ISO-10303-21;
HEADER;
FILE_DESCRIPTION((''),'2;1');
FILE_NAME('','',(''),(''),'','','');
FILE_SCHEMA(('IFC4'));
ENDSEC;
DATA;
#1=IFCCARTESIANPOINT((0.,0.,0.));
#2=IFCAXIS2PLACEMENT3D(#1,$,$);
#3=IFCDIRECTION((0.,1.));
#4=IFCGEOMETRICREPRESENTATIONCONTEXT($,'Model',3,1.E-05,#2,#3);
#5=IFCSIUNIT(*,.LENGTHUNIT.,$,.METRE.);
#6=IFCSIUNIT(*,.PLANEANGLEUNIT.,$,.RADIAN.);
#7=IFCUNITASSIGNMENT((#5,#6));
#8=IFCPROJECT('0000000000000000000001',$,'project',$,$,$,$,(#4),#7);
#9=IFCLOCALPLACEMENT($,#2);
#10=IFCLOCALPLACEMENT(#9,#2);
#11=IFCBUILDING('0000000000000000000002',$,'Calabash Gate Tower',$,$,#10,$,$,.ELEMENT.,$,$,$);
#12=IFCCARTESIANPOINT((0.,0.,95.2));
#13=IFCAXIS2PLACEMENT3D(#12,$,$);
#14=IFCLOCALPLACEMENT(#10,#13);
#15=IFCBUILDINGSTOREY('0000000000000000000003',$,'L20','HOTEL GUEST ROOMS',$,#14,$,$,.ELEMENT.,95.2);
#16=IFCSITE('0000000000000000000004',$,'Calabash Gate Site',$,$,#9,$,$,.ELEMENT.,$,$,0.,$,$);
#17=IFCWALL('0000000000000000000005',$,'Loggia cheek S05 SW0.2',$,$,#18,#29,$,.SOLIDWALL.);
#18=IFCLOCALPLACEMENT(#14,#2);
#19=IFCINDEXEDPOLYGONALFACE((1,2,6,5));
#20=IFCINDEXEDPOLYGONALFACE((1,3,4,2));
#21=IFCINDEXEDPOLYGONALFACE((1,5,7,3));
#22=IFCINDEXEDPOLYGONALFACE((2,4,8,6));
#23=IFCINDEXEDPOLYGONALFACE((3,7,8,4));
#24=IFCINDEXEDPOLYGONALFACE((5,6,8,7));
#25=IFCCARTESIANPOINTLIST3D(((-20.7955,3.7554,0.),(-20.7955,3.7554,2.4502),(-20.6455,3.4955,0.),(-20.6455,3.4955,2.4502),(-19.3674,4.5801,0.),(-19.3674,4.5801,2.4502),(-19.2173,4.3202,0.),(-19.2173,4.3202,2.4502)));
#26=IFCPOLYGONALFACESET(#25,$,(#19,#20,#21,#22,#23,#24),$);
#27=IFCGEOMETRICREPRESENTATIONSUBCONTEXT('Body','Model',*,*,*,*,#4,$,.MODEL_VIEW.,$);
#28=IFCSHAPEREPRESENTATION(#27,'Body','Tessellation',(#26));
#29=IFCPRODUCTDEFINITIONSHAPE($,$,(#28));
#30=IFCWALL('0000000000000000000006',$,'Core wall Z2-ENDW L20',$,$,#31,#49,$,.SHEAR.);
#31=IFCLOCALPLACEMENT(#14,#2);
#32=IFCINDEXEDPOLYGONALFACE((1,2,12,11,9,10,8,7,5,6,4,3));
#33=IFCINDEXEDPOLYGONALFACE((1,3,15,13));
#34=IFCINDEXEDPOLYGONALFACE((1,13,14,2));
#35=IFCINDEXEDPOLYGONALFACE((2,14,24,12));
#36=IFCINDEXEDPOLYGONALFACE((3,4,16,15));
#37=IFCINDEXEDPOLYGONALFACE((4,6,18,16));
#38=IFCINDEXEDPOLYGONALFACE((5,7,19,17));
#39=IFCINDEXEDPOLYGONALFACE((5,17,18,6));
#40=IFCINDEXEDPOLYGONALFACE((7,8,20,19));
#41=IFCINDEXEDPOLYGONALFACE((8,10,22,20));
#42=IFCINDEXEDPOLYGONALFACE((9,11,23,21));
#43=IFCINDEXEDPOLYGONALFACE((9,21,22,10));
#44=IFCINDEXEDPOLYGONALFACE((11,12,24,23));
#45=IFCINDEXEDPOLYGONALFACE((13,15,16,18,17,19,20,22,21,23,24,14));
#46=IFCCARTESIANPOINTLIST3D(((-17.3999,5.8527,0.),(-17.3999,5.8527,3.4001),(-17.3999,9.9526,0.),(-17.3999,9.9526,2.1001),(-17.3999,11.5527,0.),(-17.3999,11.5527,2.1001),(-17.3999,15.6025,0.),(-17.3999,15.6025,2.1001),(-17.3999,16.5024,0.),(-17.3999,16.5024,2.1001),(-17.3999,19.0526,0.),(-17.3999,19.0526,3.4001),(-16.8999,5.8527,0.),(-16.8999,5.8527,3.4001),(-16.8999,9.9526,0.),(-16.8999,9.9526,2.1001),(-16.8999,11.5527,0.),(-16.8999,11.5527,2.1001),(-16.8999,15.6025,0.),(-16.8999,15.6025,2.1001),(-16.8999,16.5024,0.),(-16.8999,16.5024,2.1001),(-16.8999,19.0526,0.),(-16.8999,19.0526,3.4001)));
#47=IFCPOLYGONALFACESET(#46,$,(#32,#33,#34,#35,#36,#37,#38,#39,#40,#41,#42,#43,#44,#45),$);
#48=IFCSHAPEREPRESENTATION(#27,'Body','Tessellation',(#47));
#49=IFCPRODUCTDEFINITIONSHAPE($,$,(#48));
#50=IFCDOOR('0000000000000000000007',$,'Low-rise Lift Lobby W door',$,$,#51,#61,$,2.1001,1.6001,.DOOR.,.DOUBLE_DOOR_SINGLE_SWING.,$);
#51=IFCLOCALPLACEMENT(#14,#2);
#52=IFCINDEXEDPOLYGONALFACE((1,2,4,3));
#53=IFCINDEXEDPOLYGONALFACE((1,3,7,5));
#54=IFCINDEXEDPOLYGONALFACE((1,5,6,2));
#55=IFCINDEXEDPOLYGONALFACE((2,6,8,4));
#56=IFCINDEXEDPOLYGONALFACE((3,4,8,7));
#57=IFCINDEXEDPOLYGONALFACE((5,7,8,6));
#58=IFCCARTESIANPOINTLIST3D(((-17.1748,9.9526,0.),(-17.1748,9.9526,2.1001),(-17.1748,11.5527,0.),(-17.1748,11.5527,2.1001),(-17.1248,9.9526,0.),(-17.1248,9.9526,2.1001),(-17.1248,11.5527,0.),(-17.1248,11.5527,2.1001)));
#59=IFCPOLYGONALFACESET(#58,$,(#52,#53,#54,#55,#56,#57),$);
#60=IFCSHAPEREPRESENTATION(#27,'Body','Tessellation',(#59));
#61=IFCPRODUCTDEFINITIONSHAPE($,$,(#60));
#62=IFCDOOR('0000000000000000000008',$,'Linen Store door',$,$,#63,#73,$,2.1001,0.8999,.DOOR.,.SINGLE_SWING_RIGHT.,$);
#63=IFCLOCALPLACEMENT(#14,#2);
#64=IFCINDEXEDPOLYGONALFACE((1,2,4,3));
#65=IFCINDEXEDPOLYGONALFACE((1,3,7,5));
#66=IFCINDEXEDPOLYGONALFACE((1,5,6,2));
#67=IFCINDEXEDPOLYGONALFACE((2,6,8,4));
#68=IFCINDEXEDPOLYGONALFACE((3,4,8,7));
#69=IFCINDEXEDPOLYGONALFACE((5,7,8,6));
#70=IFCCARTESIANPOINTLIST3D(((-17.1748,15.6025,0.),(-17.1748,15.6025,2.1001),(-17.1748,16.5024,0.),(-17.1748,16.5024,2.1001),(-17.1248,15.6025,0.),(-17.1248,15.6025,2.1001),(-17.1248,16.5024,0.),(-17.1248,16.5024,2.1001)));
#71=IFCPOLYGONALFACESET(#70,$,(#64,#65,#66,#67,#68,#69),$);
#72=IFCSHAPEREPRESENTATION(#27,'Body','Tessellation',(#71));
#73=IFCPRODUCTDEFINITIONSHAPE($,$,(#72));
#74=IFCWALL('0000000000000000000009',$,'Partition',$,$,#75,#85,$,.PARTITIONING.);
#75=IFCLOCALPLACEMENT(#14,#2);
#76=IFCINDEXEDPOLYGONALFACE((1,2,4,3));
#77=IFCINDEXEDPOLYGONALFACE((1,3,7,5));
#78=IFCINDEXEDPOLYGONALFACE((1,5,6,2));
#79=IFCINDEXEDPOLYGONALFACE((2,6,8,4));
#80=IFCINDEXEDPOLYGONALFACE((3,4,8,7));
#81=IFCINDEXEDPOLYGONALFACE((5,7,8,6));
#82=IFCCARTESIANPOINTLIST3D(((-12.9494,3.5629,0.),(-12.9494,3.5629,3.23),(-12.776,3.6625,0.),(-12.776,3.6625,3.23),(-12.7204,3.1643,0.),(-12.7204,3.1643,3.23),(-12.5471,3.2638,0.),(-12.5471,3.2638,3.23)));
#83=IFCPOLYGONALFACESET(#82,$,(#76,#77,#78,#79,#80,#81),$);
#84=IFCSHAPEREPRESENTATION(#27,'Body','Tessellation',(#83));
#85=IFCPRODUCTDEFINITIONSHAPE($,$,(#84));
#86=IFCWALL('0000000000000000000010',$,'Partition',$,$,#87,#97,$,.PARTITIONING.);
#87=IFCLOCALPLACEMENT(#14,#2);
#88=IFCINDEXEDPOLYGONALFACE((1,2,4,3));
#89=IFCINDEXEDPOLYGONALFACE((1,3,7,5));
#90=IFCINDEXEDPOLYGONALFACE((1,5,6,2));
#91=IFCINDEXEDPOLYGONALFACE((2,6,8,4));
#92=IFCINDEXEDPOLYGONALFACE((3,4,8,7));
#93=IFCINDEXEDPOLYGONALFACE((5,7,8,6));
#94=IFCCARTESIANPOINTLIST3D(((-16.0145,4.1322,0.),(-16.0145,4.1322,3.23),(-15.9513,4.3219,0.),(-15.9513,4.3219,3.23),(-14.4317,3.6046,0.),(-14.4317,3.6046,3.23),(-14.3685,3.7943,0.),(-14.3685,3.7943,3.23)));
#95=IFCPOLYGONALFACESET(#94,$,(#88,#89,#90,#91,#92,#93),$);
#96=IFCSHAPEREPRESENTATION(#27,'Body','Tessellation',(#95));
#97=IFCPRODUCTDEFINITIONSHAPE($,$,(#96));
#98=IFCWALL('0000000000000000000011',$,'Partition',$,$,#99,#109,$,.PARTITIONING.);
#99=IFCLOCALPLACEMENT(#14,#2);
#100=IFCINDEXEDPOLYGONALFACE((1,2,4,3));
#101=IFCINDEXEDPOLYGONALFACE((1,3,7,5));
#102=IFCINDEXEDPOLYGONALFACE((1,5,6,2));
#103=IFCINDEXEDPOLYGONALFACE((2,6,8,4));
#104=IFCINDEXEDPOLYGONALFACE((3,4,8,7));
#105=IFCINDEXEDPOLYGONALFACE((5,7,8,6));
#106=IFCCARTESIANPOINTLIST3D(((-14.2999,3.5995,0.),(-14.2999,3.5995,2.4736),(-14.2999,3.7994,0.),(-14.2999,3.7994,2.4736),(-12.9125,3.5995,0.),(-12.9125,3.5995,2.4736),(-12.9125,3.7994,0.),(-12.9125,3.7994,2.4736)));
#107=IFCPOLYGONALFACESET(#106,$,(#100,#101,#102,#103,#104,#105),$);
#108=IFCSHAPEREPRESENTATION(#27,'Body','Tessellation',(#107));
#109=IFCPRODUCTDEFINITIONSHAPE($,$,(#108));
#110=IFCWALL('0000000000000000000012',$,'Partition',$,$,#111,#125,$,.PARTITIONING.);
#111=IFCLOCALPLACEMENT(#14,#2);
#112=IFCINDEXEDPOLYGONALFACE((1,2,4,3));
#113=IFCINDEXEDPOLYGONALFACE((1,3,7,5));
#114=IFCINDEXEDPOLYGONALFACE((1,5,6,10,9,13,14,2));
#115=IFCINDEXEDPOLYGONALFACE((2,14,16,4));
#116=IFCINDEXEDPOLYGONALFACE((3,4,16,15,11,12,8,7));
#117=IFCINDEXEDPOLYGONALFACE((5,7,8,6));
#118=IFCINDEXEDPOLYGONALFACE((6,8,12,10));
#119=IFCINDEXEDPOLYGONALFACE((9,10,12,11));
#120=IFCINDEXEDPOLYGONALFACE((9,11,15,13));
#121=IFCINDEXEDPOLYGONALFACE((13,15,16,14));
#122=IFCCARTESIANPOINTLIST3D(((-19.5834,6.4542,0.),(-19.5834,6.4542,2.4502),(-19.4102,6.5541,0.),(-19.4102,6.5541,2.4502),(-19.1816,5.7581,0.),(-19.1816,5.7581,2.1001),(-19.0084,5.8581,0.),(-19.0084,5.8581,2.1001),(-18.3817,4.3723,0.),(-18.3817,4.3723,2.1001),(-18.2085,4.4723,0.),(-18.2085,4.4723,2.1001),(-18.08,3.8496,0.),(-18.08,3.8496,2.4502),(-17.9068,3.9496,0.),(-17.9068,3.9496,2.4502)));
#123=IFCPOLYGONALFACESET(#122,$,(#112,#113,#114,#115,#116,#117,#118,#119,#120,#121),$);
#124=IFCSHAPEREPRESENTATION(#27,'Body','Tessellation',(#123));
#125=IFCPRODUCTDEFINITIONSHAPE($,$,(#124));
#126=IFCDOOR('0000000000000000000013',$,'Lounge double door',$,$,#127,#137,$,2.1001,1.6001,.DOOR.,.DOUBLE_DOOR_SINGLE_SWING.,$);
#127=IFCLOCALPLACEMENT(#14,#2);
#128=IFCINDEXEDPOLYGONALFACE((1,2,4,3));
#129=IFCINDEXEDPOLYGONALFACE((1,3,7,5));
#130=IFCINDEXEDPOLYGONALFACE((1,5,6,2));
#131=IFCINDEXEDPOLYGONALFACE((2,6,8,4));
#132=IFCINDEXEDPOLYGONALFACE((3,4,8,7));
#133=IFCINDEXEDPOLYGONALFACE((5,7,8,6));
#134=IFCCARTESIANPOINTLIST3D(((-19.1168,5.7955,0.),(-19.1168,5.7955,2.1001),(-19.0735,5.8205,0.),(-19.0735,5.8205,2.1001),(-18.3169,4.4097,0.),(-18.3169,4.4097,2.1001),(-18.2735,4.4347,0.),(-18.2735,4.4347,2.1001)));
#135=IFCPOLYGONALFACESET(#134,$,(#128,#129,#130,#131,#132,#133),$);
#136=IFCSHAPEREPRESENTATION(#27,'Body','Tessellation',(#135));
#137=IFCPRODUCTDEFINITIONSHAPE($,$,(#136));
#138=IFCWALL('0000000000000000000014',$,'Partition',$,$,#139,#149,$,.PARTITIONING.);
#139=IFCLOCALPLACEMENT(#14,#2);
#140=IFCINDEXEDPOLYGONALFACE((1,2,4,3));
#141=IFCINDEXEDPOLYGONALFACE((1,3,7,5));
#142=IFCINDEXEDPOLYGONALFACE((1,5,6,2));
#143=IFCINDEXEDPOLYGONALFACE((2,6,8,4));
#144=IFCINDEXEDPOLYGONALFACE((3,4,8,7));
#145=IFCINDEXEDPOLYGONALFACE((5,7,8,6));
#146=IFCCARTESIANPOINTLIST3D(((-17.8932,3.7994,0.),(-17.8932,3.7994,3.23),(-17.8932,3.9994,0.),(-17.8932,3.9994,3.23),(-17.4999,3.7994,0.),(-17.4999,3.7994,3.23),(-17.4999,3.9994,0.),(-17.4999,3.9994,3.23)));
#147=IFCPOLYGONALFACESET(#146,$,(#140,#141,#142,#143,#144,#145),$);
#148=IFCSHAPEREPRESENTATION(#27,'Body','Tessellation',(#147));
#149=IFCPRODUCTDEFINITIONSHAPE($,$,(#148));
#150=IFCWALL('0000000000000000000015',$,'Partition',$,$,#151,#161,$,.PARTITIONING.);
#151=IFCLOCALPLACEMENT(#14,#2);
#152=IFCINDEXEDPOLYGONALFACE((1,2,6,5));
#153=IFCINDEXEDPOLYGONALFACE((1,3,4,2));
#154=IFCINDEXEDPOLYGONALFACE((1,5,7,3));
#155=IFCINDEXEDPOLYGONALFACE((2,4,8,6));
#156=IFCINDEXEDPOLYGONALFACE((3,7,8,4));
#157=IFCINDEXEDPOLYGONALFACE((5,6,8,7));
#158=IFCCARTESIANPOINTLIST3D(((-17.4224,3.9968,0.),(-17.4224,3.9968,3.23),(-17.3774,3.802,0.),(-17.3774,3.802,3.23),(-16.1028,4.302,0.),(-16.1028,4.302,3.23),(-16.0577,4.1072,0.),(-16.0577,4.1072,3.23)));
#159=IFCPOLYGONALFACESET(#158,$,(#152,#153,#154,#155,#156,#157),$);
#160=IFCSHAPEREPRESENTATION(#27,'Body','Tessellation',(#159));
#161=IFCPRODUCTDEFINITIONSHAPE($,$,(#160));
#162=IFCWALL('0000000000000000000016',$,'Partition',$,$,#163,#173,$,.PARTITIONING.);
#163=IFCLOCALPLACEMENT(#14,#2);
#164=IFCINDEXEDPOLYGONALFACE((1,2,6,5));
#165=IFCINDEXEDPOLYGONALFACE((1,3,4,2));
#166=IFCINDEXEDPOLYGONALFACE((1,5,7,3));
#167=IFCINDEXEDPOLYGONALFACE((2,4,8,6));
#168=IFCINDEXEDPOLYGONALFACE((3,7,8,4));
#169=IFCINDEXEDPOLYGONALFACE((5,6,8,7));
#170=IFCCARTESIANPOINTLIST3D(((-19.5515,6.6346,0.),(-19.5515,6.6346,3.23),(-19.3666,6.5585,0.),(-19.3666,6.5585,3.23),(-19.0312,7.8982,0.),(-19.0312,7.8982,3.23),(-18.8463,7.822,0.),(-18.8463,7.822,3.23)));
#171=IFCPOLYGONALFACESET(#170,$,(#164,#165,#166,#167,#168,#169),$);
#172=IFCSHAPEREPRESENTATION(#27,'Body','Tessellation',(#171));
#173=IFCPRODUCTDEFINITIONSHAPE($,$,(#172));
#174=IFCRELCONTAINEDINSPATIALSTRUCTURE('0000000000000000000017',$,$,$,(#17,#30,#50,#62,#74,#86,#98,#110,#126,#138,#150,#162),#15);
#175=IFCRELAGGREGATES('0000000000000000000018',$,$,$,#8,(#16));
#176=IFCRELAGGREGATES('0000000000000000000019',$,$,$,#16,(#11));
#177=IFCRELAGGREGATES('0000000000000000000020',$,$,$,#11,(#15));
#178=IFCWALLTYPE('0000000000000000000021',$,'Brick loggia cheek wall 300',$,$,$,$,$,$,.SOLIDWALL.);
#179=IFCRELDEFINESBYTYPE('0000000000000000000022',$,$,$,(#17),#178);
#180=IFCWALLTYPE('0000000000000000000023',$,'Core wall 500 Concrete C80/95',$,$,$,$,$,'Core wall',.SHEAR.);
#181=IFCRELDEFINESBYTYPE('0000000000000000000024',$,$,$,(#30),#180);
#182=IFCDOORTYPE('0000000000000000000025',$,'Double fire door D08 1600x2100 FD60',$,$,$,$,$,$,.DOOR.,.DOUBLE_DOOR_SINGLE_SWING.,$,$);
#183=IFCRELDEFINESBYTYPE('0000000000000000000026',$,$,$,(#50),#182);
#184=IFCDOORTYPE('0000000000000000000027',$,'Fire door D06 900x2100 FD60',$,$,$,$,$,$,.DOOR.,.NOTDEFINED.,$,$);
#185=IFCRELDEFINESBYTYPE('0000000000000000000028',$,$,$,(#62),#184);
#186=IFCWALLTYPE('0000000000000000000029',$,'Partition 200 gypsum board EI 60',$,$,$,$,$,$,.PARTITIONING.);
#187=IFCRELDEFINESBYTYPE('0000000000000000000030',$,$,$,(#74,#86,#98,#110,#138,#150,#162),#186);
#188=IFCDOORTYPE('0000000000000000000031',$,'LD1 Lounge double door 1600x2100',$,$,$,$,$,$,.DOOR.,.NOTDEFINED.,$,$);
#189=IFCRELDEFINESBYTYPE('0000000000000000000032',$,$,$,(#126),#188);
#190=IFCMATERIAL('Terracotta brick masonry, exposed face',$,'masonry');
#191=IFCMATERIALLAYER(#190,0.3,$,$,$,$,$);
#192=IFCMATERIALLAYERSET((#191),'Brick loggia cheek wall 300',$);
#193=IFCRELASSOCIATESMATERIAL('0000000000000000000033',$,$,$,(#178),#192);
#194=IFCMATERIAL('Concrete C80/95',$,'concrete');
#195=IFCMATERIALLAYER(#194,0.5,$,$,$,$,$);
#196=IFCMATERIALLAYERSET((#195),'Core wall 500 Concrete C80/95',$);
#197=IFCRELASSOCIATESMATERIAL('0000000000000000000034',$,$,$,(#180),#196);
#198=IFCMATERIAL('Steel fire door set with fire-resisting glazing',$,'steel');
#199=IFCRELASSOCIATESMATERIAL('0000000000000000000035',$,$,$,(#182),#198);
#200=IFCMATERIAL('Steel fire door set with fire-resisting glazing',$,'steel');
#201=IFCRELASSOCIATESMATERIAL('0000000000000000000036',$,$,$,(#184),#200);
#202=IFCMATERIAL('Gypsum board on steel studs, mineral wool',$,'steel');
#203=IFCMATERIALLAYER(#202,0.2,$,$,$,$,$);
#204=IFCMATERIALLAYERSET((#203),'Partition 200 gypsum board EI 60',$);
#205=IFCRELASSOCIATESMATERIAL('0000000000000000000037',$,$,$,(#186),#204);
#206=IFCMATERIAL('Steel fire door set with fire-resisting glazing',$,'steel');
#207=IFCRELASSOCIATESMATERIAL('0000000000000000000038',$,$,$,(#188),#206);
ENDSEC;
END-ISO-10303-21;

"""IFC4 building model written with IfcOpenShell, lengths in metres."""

from ifc_helpers import new_model, si_unit, direction, frame, frame_2d, origin, place, context, subcontext, project, spatial, rectangle, extrude, material, layer, layer_set, type_object, element, fill, save


model = new_model("IFC4")

# Units and contexts
model_context = context("Model", 3, precision=1e-05, world=origin(), true_north=direction((0.0, 1.0)))
body_context = subcontext(model_context, "Body", "Model", "MODEL_VIEW")
ifc_project = project(units=[si_unit("LENGTHUNIT", "METRE"), si_unit("PLANEANGLEUNIT", "RADIAN")], contexts=[model_context])

# Site, building, storey
site_placement = place(None, origin())
site = spatial("IfcSite", under=ifc_project, at=site_placement, Name="Calabash Gate Site", CompositionType="ELEMENT", RefElevation=0.0)
building_placement = place(site_placement, origin())
building = spatial("IfcBuilding", under=site, at=building_placement, Name="Calabash Gate Tower", CompositionType="ELEMENT")
storey_placement = place(building_placement, frame((0.0, 0.0, 95.2)))
storey = spatial("IfcBuildingStorey", under=building, at=storey_placement, Name="L20", Description="HOTEL GUEST ROOMS", CompositionType="ELEMENT", Elevation=95.2)

# Wall
ifc_material_1 = material(Name="Terracotta brick masonry, exposed face", Category="masonry")
ifc_layer_1 = layer(ifc_material_1, 0.3)
ifc_layer_set_1 = layer_set([ifc_layer_1], Name="Brick loggia cheek wall 300")
wall_type_1 = type_object("IfcWallType", Name="Brick loggia cheek wall 300", PredefinedType="SOLIDWALL", material=ifc_layer_set_1)
wall_1_placement = place(storey_placement, frame((-19.2922, 4.4502, 0.0), z_axis=(0.0, 0.0, 1.0), x_axis=(-0.865993, -0.500056, 0.0)))
element("IfcWall", 1, at=wall_1_placement, inside=storey, type_object=wall_type_1, Name="Loggia cheek S05 SW0.2", PredefinedType="SOLIDWALL", context=body_context, shape_type="SweptSolid", body=[
    extrude(rectangle(XDim=1.6492, YDim=0.3, at=frame_2d((0.8247, 0.0))), origin(), (0.0, 0.0, 1.0), 2.4502),
])

# Wall, openings, doors
ifc_material_2 = material(Name="Concrete C80/95", Category="concrete")
ifc_layer_2 = layer(ifc_material_2, 0.5)
ifc_layer_set_2 = layer_set([ifc_layer_2], Name="Core wall 500 Concrete C80/95")
wall_type_2 = type_object("IfcWallType", Name="Core wall 500 Concrete C80/95", ElementType="Core wall", PredefinedType="SHEAR", material=ifc_layer_set_2)
wall_2_placement = place(storey_placement, frame((-17.1499, 5.8525, 0.0), z_axis=(0.0, 0.0, 1.0), x_axis=(0.0, 1.0, 0.0)))
wall_2 = element("IfcWall", 2, at=wall_2_placement, inside=storey, type_object=wall_type_2, Name="Core wall Z2-ENDW L20", PredefinedType="SHEAR", context=body_context, shape_type="SweptSolid", body=[
    extrude(rectangle(XDim=13.2, YDim=0.5, at=frame_2d((6.6001, 0.0))), origin(), (0.0, 0.0, 1.0), 3.4001),
])
opening_1_placement = place(wall_2_placement, frame((4.1001, 0.0, 0.0)))
opening_1 = element("IfcOpeningElement", 3, at=opening_1_placement, cuts=wall_2, PredefinedType="OPENING", context=body_context, shape_type="SweptSolid", body=[
    extrude(rectangle(XDim=1.6001, YDim=2.1001, at=frame_2d((0.8, 1.05))), frame((0.0, 0.26, 0.0), z_axis=(0.0, -1.0, 0.0), x_axis=(1.0, 0.0, 0.0)), (0.0, 0.0, 1.0), 0.52),
])
opening_2_placement = place(wall_2_placement, frame((9.75, 0.0, 0.0)))
opening_2 = element("IfcOpeningElement", 4, at=opening_2_placement, cuts=wall_2, PredefinedType="OPENING", context=body_context, shape_type="SweptSolid", body=[
    extrude(rectangle(XDim=0.8999, YDim=2.1001, at=frame_2d((0.45, 1.05))), frame((0.0, 0.26, 0.0), z_axis=(0.0, -1.0, 0.0), x_axis=(1.0, 0.0, 0.0)), (0.0, 0.0, 1.0), 0.52),
])
ifc_material_3 = material(Name="Steel fire door set with fire-resisting glazing", Category="steel")
door_type_1 = type_object("IfcDoorType", Name="Double fire door D08 1600x2100 FD60", OperationType="DOUBLE_DOOR_SINGLE_SWING", PredefinedType="DOOR", material=ifc_material_3)
door_1_placement = place(opening_1_placement, origin())
door_1 = element("IfcDoor", 5, at=door_1_placement, inside=storey, type_object=door_type_1, Name="Low-rise Lift Lobby W door", OperationType="DOUBLE_DOOR_SINGLE_SWING", OverallHeight=2.1001, OverallWidth=1.6001, PredefinedType="DOOR", context=body_context, shape_type="SweptSolid", body=[
    extrude(rectangle(XDim=1.6001, YDim=2.1001, at=frame_2d((0.8, 1.05))), frame((0.0, 0.0249, 0.0), z_axis=(0.0, -1.0, 0.0), x_axis=(1.0, 0.0, 0.0)), (0.0, 0.0, 1.0), 0.05),
])
fill(opening_1, door_1)
ifc_material_4 = material(Name="Steel fire door set with fire-resisting glazing", Category="steel")
door_type_2 = type_object("IfcDoorType", Name="Fire door D06 900x2100 FD60", OperationType="NOTDEFINED", PredefinedType="DOOR", material=ifc_material_4)
door_2_placement = place(opening_2_placement, origin())
door_2 = element("IfcDoor", 6, at=door_2_placement, inside=storey, type_object=door_type_2, Name="Linen Store door", OperationType="SINGLE_SWING_RIGHT", OverallHeight=2.1001, OverallWidth=0.8999, PredefinedType="DOOR", context=body_context, shape_type="SweptSolid", body=[
    extrude(rectangle(XDim=0.8999, YDim=2.1001, at=frame_2d((0.45, 1.05))), frame((0.0, 0.0249, 0.0), z_axis=(0.0, -1.0, 0.0), x_axis=(1.0, 0.0, 0.0)), (0.0, 0.0, 1.0), 0.05),
])
fill(opening_2, door_2)

# Walls
ifc_material_5 = material(Name="Gypsum board on steel studs, mineral wool", Category="steel")
ifc_layer_3 = layer(ifc_material_5, 0.2)
ifc_layer_set_3 = layer_set([ifc_layer_3], Name="Partition 200 gypsum board EI 60")
wall_type_3 = type_object("IfcWallType", Name="Partition 200 gypsum board EI 60", PredefinedType="PARTITIONING", material=ifc_layer_set_3)
wall_3_placement = place(storey_placement, frame((-12.8628, 3.6128, 0.0), z_axis=(0.0, 0.0, 1.0), x_axis=(0.498082, -0.86713, 0.0)))
element("IfcWall", 7, at=wall_3_placement, inside=storey, type_object=wall_type_3, Name="Partition", PredefinedType="PARTITIONING", context=body_context, shape_type="SweptSolid", body=[
    extrude(rectangle(XDim=0.4597, YDim=0.2, at=frame_2d((0.23, 0.0))), origin(), (0.0, 0.0, 1.0), 3.23),
])
wall_4_placement = place(storey_placement, frame((-15.9829, 4.2271, 0.0), z_axis=(0.0, 0.0, 1.0), x_axis=(0.948683, -0.316228, 0.0)))
element("IfcWall", 8, at=wall_4_placement, inside=storey, type_object=wall_type_3, Name="Partition", PredefinedType="PARTITIONING", context=body_context, shape_type="SweptSolid", body=[
    extrude(rectangle(XDim=1.6685, YDim=0.2, at=frame_2d((0.8342, 0.0))), origin(), (0.0, 0.0, 1.0), 3.23),
])
wall_5_placement = place(storey_placement, frame((-14.3, 3.6995, 0.0), z_axis=(0.0, 0.0, 1.0), x_axis=(1.0, 0.0, 0.0)))
element("IfcWall", 9, at=wall_5_placement, inside=storey, type_object=wall_type_3, Name="Partition", PredefinedType="PARTITIONING", context=body_context, shape_type="SweptSolid", body=[
    extrude(rectangle(XDim=1.3875, YDim=0.2, at=frame_2d((0.6938, 0.0))), origin(), (0.0, 0.0, 1.0), 2.4736),
])

# Wall, opening, door
wall_6_placement = place(storey_placement, frame((-19.4968, 6.5042, 0.0), z_axis=(0.0, 0.0, 1.0), x_axis=(0.499929, -0.866067, 0.0)))
wall_6 = element("IfcWall", 10, at=wall_6_placement, inside=storey, type_object=wall_type_3, Name="Partition", PredefinedType="PARTITIONING", context=body_context, shape_type="SweptSolid", body=[
    extrude(rectangle(XDim=3.0073, YDim=0.2, at=frame_2d((1.5037, 0.0))), origin(), (0.0, 0.0, 1.0), 2.4502),
])
opening_3_placement = place(wall_6_placement, frame((0.8037, 0.0, 0.0)))
opening_3 = element("IfcOpeningElement", 11, at=opening_3_placement, cuts=wall_6, PredefinedType="OPENING", context=body_context, shape_type="SweptSolid", body=[
    extrude(rectangle(XDim=1.6001, YDim=2.1001, at=frame_2d((0.8, 1.05))), frame((0.0, 0.1099, 0.0), z_axis=(0.0, -1.0, 0.0), x_axis=(1.0, 0.0, 0.0)), (0.0, 0.0, 1.0), 0.22),
])
ifc_material_6 = material(Name="Steel fire door set with fire-resisting glazing", Category="steel")
door_type_3 = type_object("IfcDoorType", Name="LD1 Lounge double door 1600x2100", OperationType="NOTDEFINED", PredefinedType="DOOR", material=ifc_material_6)
door_3_placement = place(opening_3_placement, origin())
door_3 = element("IfcDoor", 12, at=door_3_placement, inside=storey, type_object=door_type_3, Name="Lounge double door", OperationType="DOUBLE_DOOR_SINGLE_SWING", OverallHeight=2.1001, OverallWidth=1.6001, PredefinedType="DOOR", context=body_context, shape_type="SweptSolid", body=[
    extrude(rectangle(XDim=1.6001, YDim=2.1001, at=frame_2d((0.8, 1.05))), frame((0.0, 0.0249, 0.0), z_axis=(0.0, -1.0, 0.0), x_axis=(1.0, 0.0, 0.0)), (0.0, 0.0, 1.0), 0.05),
])
fill(opening_3, door_3)

# Walls
wall_7_placement = place(storey_placement, frame((-17.8933, 3.8994, 0.0), z_axis=(0.0, 0.0, 1.0), x_axis=(1.0, 0.0, 0.0)))
element("IfcWall", 13, at=wall_7_placement, inside=storey, type_object=wall_type_3, Name="Partition", PredefinedType="PARTITIONING", context=body_context, shape_type="SweptSolid", body=[
    extrude(rectangle(XDim=0.3933, YDim=0.2, at=frame_2d((0.1968, 0.0))), origin(), (0.0, 0.0, 1.0), 3.23),
])
wall_8_placement = place(storey_placement, frame((-17.3999, 3.8994, 0.0), z_axis=(0.0, 0.0, 1.0), x_axis=(0.974285, 0.22532, 0.0)))
element("IfcWall", 14, at=wall_8_placement, inside=storey, type_object=wall_type_3, Name="Partition", PredefinedType="PARTITIONING", context=body_context, shape_type="SweptSolid", body=[
    extrude(rectangle(XDim=1.3545, YDim=0.2, at=frame_2d((0.6772, 0.0))), origin(), (0.0, 0.0, 1.0), 3.23),
])
wall_9_placement = place(storey_placement, frame((-19.459, 6.5967, 0.0), z_axis=(0.0, 0.0, 1.0), x_axis=(0.380768, 0.924671, 0.0)))
element("IfcWall", 15, at=wall_9_placement, inside=storey, type_object=wall_type_3, Name="Partition", PredefinedType="PARTITIONING", context=body_context, shape_type="SweptSolid", body=[
    extrude(rectangle(XDim=1.3665, YDim=0.2, at=frame_2d((0.6831, 0.0))), origin(), (0.0, 0.0, 1.0), 3.23),
])

save(model, "model.ifc")
